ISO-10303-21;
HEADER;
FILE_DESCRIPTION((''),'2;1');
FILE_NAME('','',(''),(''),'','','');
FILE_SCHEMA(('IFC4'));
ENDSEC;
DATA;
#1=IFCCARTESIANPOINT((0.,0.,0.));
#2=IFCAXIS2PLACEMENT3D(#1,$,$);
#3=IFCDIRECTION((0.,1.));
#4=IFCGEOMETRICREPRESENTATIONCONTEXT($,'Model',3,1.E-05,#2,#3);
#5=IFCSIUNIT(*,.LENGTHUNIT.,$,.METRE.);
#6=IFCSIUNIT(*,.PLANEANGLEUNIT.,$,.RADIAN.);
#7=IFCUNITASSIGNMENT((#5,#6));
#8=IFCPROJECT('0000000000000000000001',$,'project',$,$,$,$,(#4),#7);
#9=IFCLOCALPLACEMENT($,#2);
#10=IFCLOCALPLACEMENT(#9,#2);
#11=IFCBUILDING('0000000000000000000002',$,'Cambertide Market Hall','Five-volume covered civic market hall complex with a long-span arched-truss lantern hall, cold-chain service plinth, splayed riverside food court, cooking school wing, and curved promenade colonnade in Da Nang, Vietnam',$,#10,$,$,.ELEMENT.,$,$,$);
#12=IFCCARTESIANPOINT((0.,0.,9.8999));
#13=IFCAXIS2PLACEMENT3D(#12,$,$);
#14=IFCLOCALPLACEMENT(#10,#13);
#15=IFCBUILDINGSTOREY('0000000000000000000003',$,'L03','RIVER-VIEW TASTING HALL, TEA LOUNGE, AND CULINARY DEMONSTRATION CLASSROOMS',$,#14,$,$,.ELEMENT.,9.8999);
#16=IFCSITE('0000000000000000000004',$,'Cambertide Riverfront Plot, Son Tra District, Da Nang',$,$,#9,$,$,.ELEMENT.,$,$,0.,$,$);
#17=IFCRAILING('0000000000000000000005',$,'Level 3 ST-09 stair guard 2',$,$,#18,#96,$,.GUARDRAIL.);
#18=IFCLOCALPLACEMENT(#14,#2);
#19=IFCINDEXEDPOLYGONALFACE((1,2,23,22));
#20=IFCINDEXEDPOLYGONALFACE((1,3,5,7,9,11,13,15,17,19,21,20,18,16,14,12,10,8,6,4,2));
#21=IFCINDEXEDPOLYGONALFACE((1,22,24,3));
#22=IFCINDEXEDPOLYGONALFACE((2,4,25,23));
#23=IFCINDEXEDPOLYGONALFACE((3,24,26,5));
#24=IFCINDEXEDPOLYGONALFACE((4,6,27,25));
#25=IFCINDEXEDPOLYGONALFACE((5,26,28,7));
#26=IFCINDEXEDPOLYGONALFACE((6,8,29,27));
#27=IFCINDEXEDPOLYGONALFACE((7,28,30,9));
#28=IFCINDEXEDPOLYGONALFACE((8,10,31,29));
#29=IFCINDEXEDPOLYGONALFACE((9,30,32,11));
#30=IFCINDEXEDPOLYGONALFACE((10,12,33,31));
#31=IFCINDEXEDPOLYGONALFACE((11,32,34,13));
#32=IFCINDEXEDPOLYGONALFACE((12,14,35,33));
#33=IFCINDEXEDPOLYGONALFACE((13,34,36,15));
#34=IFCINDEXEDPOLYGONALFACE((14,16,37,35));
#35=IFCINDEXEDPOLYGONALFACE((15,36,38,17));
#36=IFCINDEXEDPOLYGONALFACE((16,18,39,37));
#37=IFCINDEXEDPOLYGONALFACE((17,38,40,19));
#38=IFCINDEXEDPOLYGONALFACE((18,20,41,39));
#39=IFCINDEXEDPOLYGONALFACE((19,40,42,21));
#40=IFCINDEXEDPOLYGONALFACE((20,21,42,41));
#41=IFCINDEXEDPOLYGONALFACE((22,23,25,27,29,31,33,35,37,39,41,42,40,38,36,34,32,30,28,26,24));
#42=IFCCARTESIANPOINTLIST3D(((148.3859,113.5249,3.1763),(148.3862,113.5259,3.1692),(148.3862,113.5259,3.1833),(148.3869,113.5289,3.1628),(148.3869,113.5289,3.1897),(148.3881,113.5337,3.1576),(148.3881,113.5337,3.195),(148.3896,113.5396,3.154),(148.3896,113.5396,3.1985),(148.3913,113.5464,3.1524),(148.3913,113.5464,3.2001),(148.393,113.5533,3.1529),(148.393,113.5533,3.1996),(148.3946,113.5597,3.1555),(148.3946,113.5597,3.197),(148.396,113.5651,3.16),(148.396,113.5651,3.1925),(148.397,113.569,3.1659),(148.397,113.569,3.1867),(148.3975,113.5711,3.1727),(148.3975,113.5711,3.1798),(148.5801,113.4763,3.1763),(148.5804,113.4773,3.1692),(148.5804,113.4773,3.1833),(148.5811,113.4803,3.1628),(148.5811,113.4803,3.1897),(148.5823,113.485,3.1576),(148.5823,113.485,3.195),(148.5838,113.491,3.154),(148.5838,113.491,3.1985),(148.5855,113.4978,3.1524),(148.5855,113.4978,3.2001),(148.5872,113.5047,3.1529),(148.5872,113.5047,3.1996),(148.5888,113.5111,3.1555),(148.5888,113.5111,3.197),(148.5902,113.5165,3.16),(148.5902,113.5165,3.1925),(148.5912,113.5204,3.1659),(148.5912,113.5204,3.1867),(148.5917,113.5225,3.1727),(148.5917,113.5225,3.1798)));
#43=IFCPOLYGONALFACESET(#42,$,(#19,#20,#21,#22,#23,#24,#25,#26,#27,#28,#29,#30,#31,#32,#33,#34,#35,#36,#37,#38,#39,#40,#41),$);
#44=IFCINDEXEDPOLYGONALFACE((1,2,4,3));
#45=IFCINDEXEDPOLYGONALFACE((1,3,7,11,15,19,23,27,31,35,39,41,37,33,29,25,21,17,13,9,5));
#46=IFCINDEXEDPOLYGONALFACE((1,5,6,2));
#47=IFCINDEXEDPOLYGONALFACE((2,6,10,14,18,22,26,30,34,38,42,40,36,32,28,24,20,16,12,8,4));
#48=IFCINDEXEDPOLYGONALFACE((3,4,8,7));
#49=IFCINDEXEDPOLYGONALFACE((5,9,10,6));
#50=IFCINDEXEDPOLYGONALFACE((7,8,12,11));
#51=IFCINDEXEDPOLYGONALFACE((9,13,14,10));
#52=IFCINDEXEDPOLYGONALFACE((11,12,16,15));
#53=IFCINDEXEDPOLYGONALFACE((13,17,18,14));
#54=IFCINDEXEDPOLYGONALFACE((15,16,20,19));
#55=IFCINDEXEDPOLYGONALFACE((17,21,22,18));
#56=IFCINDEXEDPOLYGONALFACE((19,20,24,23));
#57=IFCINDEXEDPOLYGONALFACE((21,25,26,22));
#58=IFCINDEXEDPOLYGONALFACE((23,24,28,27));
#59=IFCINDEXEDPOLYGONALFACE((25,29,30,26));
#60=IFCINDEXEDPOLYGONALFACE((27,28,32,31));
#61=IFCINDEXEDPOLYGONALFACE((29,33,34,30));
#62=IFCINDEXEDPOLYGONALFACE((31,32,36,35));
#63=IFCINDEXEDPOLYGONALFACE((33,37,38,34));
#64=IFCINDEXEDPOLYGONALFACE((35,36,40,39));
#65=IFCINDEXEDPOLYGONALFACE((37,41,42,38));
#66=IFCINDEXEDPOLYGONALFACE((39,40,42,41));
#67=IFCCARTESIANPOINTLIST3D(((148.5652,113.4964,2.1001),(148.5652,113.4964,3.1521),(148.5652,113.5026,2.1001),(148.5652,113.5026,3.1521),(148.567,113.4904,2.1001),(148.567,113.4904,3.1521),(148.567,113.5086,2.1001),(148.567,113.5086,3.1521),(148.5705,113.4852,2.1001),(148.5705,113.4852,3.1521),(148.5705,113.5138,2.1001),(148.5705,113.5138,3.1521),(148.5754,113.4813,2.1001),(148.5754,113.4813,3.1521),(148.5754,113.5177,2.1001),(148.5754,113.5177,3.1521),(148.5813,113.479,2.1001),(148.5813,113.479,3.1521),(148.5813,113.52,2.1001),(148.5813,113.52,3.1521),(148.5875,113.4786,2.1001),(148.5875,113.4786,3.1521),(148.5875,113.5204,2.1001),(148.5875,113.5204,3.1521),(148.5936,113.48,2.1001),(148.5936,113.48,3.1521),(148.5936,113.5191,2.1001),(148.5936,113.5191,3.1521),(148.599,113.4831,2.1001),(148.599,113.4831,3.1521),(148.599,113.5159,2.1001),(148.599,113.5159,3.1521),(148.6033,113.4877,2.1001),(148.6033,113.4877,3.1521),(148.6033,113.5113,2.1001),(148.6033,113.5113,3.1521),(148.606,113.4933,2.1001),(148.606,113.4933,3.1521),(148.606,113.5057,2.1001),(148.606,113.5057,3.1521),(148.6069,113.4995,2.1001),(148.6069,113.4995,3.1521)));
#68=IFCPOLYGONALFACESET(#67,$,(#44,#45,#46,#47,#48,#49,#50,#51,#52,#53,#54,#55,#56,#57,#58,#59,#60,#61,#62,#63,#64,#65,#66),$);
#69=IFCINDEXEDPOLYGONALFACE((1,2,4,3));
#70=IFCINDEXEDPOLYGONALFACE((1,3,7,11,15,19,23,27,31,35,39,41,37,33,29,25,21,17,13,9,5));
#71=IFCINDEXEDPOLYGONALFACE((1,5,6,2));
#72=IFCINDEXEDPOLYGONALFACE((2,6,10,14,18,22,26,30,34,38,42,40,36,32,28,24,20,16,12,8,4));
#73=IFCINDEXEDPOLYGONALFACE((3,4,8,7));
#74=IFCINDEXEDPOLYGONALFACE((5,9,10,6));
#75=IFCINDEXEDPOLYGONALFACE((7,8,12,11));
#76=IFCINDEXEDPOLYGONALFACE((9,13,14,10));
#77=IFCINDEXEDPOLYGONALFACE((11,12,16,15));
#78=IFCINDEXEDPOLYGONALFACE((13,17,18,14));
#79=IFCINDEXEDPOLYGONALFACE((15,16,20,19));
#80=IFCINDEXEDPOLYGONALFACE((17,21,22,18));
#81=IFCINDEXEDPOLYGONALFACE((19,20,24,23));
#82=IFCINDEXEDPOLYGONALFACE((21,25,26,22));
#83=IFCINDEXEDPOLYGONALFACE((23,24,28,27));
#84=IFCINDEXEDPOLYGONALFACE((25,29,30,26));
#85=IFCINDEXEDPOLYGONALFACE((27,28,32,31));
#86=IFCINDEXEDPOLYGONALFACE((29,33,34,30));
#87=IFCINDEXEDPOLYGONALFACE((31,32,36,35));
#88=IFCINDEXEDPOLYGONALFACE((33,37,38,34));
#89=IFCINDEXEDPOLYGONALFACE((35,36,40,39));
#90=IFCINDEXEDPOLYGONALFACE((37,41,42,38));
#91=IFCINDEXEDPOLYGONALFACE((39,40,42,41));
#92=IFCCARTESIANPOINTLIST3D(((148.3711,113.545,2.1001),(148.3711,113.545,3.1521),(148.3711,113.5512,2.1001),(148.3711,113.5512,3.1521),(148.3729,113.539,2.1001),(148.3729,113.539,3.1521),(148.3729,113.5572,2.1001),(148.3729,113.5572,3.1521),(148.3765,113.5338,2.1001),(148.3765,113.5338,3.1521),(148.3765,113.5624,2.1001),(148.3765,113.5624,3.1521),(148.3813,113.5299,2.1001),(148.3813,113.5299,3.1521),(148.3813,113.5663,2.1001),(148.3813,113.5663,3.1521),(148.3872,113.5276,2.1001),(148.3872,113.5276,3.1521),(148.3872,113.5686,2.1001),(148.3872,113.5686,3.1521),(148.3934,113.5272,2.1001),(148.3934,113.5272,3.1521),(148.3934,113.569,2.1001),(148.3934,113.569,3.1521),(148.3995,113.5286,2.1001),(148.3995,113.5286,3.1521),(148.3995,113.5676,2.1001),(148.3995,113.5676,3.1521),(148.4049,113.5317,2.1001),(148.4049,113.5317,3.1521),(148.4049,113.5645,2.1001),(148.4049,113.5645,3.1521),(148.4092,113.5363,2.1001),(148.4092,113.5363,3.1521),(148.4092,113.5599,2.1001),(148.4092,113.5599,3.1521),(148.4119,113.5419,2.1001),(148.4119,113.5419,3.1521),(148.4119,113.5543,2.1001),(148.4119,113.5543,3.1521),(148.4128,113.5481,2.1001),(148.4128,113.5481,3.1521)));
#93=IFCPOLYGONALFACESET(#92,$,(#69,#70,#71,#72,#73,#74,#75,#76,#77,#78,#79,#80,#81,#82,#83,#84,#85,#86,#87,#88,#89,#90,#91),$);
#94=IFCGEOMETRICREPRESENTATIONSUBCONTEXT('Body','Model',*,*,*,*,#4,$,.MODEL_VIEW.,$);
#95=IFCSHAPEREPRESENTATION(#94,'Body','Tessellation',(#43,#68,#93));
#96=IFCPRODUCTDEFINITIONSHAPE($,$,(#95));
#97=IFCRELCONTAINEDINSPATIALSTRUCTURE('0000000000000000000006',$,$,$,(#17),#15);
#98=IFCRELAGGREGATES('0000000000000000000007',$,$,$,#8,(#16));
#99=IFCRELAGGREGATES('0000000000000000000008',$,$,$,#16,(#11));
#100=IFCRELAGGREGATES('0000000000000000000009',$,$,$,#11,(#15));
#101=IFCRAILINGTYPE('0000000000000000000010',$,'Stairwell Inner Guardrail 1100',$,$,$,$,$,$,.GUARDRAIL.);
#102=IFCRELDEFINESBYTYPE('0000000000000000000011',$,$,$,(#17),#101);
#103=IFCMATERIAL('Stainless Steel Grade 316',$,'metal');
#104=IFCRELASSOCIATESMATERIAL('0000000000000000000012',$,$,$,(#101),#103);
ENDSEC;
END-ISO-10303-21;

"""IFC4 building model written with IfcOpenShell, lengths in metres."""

from ifc_helpers import new_model, si_unit, direction, frame, origin, origin_2d, place, context, subcontext, project, spatial, circle, extrude, material, type_object, element, save


model = new_model("IFC4")

# Units and contexts
model_context = context("Model", 3, precision=1e-05, world=origin(), true_north=direction((0.0, 1.0)))
body_context = subcontext(model_context, "Body", "Model", "MODEL_VIEW")
ifc_project = project(units=[si_unit("LENGTHUNIT", "METRE"), si_unit("PLANEANGLEUNIT", "RADIAN")], contexts=[model_context])

# Site, building, storey
site_placement = place(None, origin())
site = spatial("IfcSite", under=ifc_project, at=site_placement, Name="Cambertide Riverfront Plot, Son Tra District, Da Nang", CompositionType="ELEMENT", RefElevation=0.0)
building_placement = place(site_placement, origin())
building = spatial("IfcBuilding", under=site, at=building_placement, Name="Cambertide Market Hall", Description="Five-volume covered civic market hall complex with a long-span arched-truss lantern hall, cold-chain service plinth, splayed riverside food court, cooking school wing, and curved promenade colonnade in Da Nang, Vietnam", CompositionType="ELEMENT")
storey_placement = place(building_placement, frame((0.0, 0.0, 9.8999)))
storey = spatial("IfcBuildingStorey", under=building, at=storey_placement, Name="L03", Description="RIVER-VIEW TASTING HALL, TEA LOUNGE, AND CULINARY DEMONSTRATION CLASSROOMS", CompositionType="ELEMENT", Elevation=9.8999)

# Railing
ifc_material_1 = material(Name="Stainless Steel Grade 316", Category="metal")
railing_type_1 = type_object("IfcRailingType", Name="Stairwell Inner Guardrail 1100", PredefinedType="GUARDRAIL", material=ifc_material_1)
railing_1_placement = place(storey_placement, frame((148.5859, 113.4995, 2.1001)))
element("IfcRailing", 1, at=railing_1_placement, inside=storey, type_object=railing_type_1, Name="Level 3 ST-09 stair guard 2", PredefinedType="GUARDRAIL", context=body_context, shape_type="SweptSolid", body=[
    extrude(circle(Radius=0.0239, at=origin_2d()), frame((0.0, 0.0, 1.0762), z_axis=(-0.970071, 0.242823, 0.0), x_axis=(-0.242823, -0.970071, 0.0)), (0.0, 0.0, 1.0), 0.2002),
    extrude(circle(Radius=0.021, at=origin_2d()), origin(), (0.0, 0.0, 1.0), 1.052),
    extrude(circle(Radius=0.021, at=origin_2d()), frame((-0.1941, 0.0486, 0.0)), (0.0, 0.0, 1.0), 1.052),
])

save(model, "model.ifc")
